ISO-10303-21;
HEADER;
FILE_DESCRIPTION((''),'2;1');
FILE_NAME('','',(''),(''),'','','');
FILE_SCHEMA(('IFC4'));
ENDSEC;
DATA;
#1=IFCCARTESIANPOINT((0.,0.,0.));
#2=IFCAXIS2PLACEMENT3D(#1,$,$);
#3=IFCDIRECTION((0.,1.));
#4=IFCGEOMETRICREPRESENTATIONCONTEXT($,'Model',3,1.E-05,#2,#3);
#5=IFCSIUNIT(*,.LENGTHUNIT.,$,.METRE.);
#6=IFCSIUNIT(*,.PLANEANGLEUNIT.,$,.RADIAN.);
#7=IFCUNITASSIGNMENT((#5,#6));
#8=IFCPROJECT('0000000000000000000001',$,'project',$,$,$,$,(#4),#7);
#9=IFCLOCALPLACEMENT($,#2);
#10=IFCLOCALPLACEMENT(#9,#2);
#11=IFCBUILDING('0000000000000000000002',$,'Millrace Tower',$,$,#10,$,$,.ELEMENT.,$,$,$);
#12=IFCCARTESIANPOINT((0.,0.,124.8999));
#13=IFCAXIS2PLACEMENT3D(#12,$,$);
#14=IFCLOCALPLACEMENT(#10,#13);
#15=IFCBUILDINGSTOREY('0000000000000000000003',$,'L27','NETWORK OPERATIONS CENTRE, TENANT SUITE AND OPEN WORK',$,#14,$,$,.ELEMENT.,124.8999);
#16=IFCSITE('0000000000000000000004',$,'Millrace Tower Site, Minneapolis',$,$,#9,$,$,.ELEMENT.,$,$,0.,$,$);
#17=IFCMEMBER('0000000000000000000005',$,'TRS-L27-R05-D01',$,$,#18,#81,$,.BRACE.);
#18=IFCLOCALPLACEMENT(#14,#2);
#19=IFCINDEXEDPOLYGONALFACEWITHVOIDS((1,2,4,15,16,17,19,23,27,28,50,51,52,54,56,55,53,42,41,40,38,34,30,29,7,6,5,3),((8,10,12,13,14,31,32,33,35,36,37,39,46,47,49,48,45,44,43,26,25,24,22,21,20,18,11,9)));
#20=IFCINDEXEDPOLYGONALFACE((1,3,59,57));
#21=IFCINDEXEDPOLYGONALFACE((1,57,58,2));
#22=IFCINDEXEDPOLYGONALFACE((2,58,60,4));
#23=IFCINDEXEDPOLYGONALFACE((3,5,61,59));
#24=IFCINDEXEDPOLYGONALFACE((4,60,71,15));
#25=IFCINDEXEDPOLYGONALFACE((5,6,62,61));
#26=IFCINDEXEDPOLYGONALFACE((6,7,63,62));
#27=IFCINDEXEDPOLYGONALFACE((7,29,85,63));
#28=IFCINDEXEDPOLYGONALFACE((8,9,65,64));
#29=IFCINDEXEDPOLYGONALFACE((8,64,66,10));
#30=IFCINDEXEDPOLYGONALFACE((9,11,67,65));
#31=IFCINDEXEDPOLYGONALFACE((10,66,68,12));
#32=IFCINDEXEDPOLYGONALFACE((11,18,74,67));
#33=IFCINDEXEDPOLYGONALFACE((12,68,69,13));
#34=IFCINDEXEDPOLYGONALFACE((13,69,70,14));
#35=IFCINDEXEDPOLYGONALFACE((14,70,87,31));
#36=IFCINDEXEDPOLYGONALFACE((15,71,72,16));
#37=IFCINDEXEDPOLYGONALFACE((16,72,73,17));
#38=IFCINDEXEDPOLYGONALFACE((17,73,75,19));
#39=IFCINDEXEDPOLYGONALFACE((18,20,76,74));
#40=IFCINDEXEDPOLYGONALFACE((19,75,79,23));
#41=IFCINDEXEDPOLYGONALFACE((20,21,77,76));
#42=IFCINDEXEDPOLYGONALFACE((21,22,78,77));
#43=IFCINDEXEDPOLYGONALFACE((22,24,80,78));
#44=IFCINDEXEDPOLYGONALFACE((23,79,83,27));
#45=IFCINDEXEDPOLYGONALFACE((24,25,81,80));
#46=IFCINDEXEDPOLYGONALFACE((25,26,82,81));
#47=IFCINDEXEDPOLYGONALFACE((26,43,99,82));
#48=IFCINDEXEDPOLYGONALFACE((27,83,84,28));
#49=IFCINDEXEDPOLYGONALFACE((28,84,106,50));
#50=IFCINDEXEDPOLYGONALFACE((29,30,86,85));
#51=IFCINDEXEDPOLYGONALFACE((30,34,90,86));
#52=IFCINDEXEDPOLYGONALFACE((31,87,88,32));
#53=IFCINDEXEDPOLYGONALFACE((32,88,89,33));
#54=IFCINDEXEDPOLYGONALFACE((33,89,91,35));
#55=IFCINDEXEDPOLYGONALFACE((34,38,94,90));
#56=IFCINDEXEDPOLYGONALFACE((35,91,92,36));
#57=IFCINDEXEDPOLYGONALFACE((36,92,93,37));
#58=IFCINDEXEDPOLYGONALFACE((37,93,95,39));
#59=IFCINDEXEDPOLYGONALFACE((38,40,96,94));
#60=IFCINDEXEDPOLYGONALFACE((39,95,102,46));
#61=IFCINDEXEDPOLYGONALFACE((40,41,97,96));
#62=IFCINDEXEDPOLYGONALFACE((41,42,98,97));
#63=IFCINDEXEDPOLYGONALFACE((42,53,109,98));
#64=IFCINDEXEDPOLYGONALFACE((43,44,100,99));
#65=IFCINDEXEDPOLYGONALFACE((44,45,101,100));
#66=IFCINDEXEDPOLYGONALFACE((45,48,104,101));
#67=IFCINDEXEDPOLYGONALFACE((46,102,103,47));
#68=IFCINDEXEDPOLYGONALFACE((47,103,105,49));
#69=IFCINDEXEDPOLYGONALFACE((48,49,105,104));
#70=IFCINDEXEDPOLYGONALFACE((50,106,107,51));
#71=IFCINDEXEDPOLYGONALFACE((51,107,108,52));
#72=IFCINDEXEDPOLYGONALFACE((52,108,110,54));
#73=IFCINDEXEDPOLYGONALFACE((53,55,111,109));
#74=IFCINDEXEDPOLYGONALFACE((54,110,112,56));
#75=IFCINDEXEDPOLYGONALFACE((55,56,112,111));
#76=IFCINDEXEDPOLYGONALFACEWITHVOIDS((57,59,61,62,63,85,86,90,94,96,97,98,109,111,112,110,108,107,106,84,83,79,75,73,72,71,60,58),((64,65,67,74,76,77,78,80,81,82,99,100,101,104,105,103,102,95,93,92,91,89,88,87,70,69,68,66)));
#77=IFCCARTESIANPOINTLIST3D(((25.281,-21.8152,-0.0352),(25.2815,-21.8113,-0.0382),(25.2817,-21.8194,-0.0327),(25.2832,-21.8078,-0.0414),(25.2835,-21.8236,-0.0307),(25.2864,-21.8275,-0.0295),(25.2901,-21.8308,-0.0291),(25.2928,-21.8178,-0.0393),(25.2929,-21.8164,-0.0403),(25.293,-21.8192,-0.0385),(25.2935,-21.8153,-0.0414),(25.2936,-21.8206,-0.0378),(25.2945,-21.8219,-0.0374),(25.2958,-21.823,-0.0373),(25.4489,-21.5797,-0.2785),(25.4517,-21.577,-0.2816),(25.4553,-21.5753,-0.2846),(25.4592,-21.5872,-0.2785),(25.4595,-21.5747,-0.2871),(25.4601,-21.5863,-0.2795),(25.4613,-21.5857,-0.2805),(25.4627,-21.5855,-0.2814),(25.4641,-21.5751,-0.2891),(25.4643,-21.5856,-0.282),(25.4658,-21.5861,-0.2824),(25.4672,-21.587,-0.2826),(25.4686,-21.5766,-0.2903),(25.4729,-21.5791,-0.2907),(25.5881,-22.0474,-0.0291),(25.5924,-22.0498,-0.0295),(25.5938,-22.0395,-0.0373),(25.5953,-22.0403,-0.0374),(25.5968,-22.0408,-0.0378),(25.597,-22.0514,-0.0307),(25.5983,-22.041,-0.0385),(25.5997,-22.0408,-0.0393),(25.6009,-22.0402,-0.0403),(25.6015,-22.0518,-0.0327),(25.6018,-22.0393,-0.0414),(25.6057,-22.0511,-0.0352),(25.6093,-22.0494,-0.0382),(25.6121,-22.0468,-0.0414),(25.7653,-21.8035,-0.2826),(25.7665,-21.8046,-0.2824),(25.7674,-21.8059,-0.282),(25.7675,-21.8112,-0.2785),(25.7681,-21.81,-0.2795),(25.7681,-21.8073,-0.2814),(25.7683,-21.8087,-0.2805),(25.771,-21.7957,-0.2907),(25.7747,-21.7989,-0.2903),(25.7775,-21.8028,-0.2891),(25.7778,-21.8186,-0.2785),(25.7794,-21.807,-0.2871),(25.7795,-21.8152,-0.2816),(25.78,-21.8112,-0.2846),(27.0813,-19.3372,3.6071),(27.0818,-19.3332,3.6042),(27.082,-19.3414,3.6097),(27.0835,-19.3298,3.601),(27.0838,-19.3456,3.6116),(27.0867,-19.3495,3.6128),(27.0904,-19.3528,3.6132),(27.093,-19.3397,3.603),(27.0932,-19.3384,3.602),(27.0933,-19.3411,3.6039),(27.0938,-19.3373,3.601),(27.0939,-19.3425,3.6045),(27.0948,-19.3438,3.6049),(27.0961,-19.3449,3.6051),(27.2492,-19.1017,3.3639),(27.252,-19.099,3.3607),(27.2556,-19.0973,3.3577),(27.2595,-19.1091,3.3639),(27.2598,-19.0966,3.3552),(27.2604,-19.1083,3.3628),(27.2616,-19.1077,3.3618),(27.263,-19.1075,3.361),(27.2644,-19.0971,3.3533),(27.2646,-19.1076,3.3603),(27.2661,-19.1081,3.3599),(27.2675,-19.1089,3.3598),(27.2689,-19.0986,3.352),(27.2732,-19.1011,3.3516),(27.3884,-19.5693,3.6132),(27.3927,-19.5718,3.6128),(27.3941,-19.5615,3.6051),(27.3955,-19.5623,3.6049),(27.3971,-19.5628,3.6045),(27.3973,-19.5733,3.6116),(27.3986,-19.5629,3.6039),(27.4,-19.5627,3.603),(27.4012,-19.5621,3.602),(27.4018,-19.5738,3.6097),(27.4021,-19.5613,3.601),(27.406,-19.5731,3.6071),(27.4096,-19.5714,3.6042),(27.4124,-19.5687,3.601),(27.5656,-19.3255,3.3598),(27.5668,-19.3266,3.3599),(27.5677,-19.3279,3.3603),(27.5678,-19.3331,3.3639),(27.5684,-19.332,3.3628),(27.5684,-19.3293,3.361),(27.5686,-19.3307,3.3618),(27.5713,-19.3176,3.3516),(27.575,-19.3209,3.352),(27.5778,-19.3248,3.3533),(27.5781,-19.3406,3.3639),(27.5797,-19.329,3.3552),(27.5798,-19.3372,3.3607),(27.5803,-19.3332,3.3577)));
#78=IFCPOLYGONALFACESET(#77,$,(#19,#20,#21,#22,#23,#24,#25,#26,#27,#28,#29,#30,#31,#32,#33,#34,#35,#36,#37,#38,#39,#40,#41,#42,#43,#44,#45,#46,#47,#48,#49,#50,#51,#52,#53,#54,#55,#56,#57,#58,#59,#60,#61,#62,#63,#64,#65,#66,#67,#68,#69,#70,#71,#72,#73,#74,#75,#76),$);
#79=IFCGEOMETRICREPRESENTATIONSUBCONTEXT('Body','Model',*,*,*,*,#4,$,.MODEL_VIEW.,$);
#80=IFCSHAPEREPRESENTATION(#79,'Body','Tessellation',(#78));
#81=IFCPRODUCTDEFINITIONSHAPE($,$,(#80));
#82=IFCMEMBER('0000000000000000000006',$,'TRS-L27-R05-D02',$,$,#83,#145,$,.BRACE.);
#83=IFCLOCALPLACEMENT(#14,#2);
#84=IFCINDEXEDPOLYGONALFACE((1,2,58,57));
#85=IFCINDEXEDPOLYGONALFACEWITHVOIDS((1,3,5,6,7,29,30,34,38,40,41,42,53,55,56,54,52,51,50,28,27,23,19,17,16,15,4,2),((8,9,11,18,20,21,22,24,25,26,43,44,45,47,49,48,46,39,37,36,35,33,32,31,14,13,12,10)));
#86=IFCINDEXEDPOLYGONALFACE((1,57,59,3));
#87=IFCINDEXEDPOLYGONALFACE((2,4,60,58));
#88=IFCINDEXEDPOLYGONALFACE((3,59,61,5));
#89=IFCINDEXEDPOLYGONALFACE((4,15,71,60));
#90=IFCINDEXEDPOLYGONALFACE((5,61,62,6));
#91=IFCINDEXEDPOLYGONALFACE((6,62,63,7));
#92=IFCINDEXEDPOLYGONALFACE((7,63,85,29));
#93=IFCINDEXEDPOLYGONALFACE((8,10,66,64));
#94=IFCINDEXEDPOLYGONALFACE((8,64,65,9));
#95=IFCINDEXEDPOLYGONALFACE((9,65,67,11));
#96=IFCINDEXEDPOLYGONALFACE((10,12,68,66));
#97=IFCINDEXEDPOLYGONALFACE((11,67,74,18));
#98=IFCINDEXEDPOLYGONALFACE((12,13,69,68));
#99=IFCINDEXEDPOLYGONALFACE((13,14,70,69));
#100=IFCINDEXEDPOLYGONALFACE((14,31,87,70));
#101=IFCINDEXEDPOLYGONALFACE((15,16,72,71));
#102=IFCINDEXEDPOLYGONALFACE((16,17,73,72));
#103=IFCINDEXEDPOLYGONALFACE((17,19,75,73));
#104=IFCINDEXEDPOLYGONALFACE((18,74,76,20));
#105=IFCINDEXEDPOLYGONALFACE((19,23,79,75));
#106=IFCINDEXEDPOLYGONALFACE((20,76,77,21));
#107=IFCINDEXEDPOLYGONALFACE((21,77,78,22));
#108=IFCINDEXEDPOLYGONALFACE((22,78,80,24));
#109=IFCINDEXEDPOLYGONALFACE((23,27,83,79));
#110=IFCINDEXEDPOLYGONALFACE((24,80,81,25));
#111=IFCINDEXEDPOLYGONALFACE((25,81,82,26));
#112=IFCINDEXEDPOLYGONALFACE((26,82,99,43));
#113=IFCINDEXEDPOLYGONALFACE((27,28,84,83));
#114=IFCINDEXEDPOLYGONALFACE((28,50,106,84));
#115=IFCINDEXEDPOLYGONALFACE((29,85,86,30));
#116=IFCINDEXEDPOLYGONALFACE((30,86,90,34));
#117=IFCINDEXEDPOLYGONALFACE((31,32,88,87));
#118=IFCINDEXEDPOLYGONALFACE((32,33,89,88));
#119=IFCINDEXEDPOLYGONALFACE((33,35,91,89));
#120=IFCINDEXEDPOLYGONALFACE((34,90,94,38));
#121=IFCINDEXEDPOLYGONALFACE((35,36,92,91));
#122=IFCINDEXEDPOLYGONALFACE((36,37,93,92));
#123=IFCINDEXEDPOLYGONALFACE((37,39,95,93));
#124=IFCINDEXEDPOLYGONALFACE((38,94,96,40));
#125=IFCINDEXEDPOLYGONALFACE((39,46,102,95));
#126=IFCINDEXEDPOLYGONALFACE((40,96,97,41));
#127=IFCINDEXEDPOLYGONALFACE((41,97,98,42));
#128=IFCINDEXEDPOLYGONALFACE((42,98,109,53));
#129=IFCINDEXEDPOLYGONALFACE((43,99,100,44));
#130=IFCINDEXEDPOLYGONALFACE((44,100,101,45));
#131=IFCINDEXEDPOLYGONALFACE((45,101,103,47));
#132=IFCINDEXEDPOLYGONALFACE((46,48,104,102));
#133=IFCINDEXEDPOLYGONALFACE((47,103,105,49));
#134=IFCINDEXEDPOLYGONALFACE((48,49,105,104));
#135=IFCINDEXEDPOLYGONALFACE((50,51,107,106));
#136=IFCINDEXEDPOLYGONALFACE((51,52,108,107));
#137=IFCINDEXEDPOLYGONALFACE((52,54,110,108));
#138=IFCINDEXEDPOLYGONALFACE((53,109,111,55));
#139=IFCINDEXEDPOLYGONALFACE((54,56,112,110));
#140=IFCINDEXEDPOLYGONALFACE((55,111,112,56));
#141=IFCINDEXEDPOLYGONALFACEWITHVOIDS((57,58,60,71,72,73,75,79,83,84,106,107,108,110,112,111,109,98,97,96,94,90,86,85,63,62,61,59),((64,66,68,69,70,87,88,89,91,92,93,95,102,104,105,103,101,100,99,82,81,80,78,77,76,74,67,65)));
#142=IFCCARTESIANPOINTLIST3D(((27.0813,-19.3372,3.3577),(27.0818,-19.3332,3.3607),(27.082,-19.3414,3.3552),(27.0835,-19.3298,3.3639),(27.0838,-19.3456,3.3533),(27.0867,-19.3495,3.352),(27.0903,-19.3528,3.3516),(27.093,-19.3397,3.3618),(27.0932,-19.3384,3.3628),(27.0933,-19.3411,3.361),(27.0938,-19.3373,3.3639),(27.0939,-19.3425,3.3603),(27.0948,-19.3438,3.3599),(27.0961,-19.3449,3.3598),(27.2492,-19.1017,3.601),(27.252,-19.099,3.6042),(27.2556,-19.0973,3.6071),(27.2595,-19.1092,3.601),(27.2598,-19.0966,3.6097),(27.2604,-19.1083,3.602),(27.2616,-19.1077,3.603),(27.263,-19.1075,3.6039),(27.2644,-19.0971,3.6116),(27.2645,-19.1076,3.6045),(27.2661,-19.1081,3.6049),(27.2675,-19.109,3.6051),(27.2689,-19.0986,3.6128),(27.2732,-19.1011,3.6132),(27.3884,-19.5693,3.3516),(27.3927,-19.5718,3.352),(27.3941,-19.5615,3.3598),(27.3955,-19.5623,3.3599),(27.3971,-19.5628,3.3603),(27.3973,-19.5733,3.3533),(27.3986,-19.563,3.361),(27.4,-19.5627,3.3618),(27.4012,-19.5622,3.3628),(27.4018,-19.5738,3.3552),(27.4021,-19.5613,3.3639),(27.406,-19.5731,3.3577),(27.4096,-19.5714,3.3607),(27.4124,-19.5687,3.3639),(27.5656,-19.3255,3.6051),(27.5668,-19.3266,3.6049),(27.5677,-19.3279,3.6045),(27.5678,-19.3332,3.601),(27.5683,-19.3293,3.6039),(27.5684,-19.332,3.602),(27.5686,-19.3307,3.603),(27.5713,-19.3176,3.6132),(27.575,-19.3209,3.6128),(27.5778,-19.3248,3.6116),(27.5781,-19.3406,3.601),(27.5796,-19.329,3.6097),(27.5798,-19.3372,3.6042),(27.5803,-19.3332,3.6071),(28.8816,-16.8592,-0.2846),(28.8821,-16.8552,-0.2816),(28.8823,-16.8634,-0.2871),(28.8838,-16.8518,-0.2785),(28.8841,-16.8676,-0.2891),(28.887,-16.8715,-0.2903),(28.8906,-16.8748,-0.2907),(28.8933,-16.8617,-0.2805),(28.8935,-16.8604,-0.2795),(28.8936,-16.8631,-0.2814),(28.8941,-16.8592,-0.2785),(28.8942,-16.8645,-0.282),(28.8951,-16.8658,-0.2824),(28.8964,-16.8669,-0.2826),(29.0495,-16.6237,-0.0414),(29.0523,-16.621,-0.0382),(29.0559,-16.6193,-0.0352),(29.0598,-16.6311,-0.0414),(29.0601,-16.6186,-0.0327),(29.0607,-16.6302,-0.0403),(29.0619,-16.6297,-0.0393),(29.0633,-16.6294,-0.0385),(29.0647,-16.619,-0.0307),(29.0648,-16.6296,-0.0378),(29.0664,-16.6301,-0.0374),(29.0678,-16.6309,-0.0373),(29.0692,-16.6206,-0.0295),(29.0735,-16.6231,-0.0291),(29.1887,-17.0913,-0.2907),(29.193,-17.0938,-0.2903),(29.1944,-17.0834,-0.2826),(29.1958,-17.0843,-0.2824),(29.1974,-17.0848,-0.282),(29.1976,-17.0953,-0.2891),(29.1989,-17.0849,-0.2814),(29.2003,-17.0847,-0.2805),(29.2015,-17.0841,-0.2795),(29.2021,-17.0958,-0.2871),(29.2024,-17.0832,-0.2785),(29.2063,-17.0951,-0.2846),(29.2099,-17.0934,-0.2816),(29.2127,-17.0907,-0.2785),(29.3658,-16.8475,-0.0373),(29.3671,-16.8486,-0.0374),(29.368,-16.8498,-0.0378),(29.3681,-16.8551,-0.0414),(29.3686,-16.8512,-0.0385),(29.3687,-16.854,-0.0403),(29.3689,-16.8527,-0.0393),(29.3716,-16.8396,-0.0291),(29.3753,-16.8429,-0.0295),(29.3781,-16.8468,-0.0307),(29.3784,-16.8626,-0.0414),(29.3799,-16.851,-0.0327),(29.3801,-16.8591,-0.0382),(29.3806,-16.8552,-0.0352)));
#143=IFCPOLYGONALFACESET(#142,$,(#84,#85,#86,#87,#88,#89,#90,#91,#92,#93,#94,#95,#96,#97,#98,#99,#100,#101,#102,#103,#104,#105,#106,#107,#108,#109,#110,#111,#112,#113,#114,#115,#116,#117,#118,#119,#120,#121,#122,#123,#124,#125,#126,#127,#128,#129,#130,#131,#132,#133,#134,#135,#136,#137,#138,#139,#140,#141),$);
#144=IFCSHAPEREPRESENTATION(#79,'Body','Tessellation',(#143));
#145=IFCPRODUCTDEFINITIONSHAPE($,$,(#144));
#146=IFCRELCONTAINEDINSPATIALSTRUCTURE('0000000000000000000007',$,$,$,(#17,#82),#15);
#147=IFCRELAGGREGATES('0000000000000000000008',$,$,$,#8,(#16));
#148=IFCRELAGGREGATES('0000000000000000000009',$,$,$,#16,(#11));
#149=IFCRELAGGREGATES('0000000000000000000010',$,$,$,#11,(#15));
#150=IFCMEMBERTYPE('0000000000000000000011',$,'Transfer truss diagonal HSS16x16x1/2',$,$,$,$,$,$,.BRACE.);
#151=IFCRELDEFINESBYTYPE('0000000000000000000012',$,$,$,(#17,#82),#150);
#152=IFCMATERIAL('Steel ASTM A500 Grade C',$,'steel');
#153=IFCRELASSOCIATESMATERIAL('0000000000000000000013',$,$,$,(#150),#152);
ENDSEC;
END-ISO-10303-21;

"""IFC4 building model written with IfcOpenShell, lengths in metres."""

from ifc_helpers import new_model, si_unit, direction, frame, origin, origin_2d, place, context, subcontext, project, spatial, hollow_rectangle, extrude, material, material_profile, profile_set, type_object, element, save


model = new_model("IFC4")

# Units and contexts
model_context = context("Model", 3, precision=1e-05, world=origin(), true_north=direction((0.0, 1.0)))
body_context = subcontext(model_context, "Body", "Model", "MODEL_VIEW")
ifc_project = project(units=[si_unit("LENGTHUNIT", "METRE"), si_unit("PLANEANGLEUNIT", "RADIAN")], contexts=[model_context])

# Site, building, storey
site_placement = place(None, origin())
site = spatial("IfcSite", under=ifc_project, at=site_placement, Name="Millrace Tower Site, Minneapolis", CompositionType="ELEMENT", RefElevation=0.0)
building_placement = place(site_placement, origin())
building = spatial("IfcBuilding", under=site, at=building_placement, Name="Millrace Tower", CompositionType="ELEMENT")
storey_placement = place(building_placement, frame((0.0, 0.0, 124.8999)))
storey = spatial("IfcBuildingStorey", under=building, at=storey_placement, Name="L27", Description="NETWORK OPERATIONS CENTRE, TENANT SUITE AND OPEN WORK", CompositionType="ELEMENT", Elevation=124.8999)

# Members
ifc_material_1 = material(Name="Steel ASTM A500 Grade C", Category="steel")
ifc_material_profile_1 = material_profile(ifc_material_1, hollow_rectangle(XDim=0.4065, YDim=0.4065, WallThickness=0.0127, InnerFilletRadius=0.0063, OuterFilletRadius=0.019, at=origin_2d()))
ifc_profile_set_1 = profile_set([ifc_material_profile_1], Name="Steel ASTM A500 Grade C")
member_type_1 = type_object("IfcMemberType", Name="Transfer truss diagonal HSS16x16x1/2", PredefinedType="BRACE", material=ifc_profile_set_1)
for number, where, z_axis, x_axis, name in (
    (1, (25.5305, -21.8132, -0.1599), (0.378291, 0.520701, 0.765354), (-0.809032, 0.587764, 0.0), "TRS-L27-R05-D01"),
    (2, (29.1311, -16.8572, -0.1599), (-0.378291, -0.520701, 0.765354), (0.809032, -0.587764, 0.0), "TRS-L27-R05-D02"),
):
    element("IfcMember", number, at=place(storey_placement, frame(where, z_axis=z_axis, x_axis=x_axis)), inside=storey, type_object=member_type_1, Name=name, PredefinedType="BRACE", context=body_context, shape_type="SweptSolid", body=[
        extrude(hollow_rectangle(XDim=0.4065, YDim=0.4065, WallThickness=0.0127, InnerFilletRadius=0.0063, OuterFilletRadius=0.019, at=origin_2d()), origin(), (0.0, 0.0, 1.0), 4.759),
    ])

save(model, "model.ifc")
